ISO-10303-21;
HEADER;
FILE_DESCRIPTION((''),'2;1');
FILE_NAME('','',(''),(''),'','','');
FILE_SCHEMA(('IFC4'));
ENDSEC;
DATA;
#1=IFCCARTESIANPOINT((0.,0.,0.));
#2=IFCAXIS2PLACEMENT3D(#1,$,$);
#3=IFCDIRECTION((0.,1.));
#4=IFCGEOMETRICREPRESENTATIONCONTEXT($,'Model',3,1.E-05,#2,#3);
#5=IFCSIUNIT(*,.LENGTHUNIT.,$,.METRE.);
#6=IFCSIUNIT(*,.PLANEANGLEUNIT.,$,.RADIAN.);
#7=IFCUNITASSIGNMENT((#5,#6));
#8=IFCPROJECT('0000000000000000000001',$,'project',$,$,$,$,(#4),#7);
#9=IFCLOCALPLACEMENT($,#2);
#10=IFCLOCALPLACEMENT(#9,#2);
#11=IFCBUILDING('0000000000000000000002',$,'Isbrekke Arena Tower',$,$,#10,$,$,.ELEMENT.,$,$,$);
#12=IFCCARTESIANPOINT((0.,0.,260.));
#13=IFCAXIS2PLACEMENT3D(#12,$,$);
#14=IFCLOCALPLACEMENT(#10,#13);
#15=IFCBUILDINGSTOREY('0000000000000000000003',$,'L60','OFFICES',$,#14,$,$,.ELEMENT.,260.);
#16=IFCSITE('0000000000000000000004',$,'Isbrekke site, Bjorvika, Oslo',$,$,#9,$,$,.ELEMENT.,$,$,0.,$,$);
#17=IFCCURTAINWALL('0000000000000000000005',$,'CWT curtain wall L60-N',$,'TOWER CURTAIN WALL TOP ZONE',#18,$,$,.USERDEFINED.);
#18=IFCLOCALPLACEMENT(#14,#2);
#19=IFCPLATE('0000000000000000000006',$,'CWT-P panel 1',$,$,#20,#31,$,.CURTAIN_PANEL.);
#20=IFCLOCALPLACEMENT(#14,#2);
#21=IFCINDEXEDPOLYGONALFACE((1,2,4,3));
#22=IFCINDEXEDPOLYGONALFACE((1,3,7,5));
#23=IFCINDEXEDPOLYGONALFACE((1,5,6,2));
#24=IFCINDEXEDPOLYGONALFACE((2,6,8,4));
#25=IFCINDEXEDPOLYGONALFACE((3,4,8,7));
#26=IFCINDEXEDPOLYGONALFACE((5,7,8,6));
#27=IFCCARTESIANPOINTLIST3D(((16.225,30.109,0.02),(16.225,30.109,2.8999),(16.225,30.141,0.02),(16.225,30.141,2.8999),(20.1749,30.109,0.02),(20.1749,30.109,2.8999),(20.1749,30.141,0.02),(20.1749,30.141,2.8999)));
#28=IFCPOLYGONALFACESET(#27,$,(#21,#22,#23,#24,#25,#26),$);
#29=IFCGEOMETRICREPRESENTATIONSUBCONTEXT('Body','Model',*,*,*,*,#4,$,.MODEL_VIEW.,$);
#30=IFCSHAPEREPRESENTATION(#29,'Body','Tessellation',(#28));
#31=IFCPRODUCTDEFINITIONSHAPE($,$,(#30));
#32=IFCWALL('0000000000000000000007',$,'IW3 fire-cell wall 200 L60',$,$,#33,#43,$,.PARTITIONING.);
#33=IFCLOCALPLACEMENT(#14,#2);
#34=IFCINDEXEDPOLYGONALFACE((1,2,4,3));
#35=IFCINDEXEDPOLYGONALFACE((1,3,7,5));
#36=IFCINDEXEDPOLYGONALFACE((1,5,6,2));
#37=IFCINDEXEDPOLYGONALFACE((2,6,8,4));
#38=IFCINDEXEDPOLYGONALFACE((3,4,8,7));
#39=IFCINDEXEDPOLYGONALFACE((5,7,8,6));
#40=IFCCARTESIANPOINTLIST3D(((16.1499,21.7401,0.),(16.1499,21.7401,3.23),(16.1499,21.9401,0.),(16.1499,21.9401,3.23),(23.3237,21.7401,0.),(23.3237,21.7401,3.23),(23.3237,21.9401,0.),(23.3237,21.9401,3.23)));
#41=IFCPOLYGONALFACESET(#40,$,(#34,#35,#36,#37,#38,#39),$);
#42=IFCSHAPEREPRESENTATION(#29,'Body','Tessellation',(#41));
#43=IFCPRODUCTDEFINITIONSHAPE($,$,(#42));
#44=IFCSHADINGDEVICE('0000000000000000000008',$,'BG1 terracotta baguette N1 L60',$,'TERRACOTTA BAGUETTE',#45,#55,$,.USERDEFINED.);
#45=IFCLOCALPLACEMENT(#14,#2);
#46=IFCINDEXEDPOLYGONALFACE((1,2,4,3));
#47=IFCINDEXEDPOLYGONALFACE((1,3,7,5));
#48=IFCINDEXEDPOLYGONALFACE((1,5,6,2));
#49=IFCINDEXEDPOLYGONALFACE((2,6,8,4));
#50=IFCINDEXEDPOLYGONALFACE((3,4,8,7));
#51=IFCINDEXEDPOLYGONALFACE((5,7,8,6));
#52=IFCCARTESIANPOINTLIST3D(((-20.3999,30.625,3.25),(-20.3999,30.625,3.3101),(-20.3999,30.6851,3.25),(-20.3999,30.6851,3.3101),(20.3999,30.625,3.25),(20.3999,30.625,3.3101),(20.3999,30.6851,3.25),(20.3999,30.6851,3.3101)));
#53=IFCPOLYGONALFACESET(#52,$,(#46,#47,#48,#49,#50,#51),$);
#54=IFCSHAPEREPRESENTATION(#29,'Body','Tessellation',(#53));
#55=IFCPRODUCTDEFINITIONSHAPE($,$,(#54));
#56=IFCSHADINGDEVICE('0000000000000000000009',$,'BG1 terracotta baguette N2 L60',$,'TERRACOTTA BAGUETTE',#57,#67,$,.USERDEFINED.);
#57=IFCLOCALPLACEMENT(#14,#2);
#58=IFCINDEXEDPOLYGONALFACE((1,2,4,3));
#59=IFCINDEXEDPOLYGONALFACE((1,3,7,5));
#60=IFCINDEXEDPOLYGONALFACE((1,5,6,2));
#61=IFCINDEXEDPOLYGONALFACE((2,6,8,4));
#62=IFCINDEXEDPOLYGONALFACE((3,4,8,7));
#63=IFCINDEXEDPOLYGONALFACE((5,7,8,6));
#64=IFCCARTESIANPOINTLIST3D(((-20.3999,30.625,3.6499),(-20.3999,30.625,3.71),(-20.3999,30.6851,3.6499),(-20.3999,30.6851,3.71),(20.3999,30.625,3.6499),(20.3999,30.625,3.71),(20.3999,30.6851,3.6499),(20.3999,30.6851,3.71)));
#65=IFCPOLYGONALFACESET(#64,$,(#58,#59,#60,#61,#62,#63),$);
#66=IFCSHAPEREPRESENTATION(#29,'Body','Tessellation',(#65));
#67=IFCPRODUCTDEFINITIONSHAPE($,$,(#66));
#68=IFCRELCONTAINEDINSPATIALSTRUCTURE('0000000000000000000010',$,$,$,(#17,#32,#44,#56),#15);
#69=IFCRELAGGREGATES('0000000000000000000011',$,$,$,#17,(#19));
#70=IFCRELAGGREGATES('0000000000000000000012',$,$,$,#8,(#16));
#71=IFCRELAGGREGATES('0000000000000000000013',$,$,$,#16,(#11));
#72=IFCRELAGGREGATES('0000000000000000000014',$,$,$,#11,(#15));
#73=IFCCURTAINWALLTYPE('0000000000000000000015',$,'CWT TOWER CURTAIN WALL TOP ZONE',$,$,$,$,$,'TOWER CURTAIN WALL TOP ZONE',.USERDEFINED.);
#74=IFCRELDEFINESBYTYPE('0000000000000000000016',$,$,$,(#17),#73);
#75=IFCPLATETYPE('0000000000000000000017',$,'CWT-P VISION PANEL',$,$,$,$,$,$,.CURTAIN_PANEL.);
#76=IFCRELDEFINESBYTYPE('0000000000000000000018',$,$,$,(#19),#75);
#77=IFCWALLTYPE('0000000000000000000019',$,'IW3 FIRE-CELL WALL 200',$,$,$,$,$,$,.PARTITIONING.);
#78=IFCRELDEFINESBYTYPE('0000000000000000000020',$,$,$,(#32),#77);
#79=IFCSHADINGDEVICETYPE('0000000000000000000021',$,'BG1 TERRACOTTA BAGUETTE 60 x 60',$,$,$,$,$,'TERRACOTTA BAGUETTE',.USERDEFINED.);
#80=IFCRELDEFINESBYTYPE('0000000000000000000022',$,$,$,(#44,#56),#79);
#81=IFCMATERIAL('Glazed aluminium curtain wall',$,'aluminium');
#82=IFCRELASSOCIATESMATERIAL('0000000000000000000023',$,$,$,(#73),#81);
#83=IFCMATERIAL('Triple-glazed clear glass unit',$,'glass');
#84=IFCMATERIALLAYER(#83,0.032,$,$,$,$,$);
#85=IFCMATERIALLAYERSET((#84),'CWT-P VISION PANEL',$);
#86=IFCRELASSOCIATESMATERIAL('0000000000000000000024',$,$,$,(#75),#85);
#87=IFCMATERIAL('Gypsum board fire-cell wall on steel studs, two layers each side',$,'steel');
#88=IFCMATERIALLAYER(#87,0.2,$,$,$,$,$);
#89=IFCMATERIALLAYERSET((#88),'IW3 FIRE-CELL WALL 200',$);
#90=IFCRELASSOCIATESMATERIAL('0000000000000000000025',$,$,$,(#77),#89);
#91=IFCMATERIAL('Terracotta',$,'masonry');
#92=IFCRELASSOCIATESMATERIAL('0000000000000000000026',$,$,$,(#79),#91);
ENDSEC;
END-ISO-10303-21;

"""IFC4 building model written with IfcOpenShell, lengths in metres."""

from ifc_helpers import new_model, si_unit, direction, frame, frame_2d, origin, origin_2d, place, context, subcontext, project, spatial, rectangle, extrude, material, layer, layer_set, material_profile, profile_set, type_object, element, aggregate, save


model = new_model("IFC4")

# Units and contexts
model_context = context("Model", 3, precision=1e-05, world=origin(), true_north=direction((0.0, 1.0)))
body_context = subcontext(model_context, "Body", "Model", "MODEL_VIEW")
ifc_project = project(units=[si_unit("LENGTHUNIT", "METRE"), si_unit("PLANEANGLEUNIT", "RADIAN")], contexts=[model_context])

# Site, building, storey
site_placement = place(None, origin())
site = spatial("IfcSite", under=ifc_project, at=site_placement, Name="Isbrekke site, Bjorvika, Oslo", CompositionType="ELEMENT", RefElevation=0.0)
building_placement = place(site_placement, origin())
building = spatial("IfcBuilding", under=site, at=building_placement, Name="Isbrekke Arena Tower", CompositionType="ELEMENT")
storey_placement = place(building_placement, frame((0.0, 0.0, 260.0)))
storey = spatial("IfcBuildingStorey", under=building, at=storey_placement, Name="L60", Description="OFFICES", CompositionType="ELEMENT", Elevation=260.0)

# Shared definitions
ifc_material_1 = material(Name="Glazed aluminium curtain wall", Category="aluminium")
curtain_wall_type = type_object("IfcCurtainWallType", Name="CWT TOWER CURTAIN WALL TOP ZONE", ElementType="TOWER CURTAIN WALL TOP ZONE", PredefinedType="USERDEFINED", material=ifc_material_1)

# Curtain wall
curtain_wall_1_placement = place(storey_placement, origin())
curtain_wall_1 = element("IfcCurtainWall", 1, at=curtain_wall_1_placement, inside=storey, type_object=curtain_wall_type, Name="CWT curtain wall L60-N", ObjectType="TOWER CURTAIN WALL TOP ZONE", PredefinedType="USERDEFINED")

# Plate
ifc_material_2 = material(Name="Triple-glazed clear glass unit", Category="glass")
ifc_layer_1 = layer(ifc_material_2, 0.032)
ifc_layer_set_1 = layer_set([ifc_layer_1], Name="CWT-P VISION PANEL")
plate_type = type_object("IfcPlateType", Name="CWT-P VISION PANEL", PredefinedType="CURTAIN_PANEL", material=ifc_layer_set_1)
plate_1_placement = place(storey_placement, frame((18.2, 30.125, 0.02), z_axis=(0.0, 0.0, 1.0), x_axis=(-1.0, 0.0, 0.0)))
plate_1 = element("IfcPlate", 2, at=plate_1_placement, type_object=plate_type, Name="CWT-P panel 1", PredefinedType="CURTAIN_PANEL", context=body_context, shape_type="SweptSolid", body=[
    extrude(rectangle(XDim=3.95, YDim=0.032, at=origin_2d()), origin(), (0.0, 0.0, 1.0), 2.8799),
])
aggregate(curtain_wall_1, [plate_1])

# Wall
ifc_material_3 = material(Name="Gypsum board fire-cell wall on steel studs, two layers each side", Category="steel")
ifc_layer_2 = layer(ifc_material_3, 0.2)
ifc_layer_set_2 = layer_set([ifc_layer_2], Name="IW3 FIRE-CELL WALL 200")
wall_type = type_object("IfcWallType", Name="IW3 FIRE-CELL WALL 200", PredefinedType="PARTITIONING", material=ifc_layer_set_2)
wall_placement = place(storey_placement, frame((16.1499, 21.8401, 0.0), z_axis=(0.0, 0.0, 1.0), x_axis=(1.0, 0.0, 0.0)))
element("IfcWall", 3, at=wall_placement, inside=storey, type_object=wall_type, Name="IW3 fire-cell wall 200 L60", PredefinedType="PARTITIONING", context=body_context, shape_type="SweptSolid", body=[
    extrude(rectangle(XDim=7.1738, YDim=0.2, at=frame_2d((3.5869, 0.0))), origin(), (0.0, 0.0, 1.0), 3.23),
])

# Shading devices
ifc_material_4 = material(Name="Terracotta", Category="masonry")
ifc_material_profile_1 = material_profile(ifc_material_4, rectangle(XDim=0.0601, YDim=0.0601, at=origin_2d()), Name="BAGUETTE 60X60")
ifc_profile_set_1 = profile_set([ifc_material_profile_1], Name="Terracotta")
shading_device_type = type_object("IfcShadingDeviceType", Name="BG1 TERRACOTTA BAGUETTE 60 x 60", ElementType="TERRACOTTA BAGUETTE", PredefinedType="USERDEFINED", material=ifc_profile_set_1)
for number, where, z_axis, x_axis, name in (
    (4, (20.3999, 30.655, 3.28), (-1.0, 0.0, 0.0), (0.0, -1.0, 0.0), "BG1 terracotta baguette N1 L60"),
    (5, (20.3999, 30.655, 3.6799), (-1.0, 0.0, 0.0), (0.0, -1.0, 0.0), "BG1 terracotta baguette N2 L60"),
):
    element("IfcShadingDevice", number, at=place(storey_placement, frame(where, z_axis=z_axis, x_axis=x_axis)), inside=storey, type_object=shading_device_type, Name=name, ObjectType="TERRACOTTA BAGUETTE", PredefinedType="USERDEFINED", context=body_context, shape_type="SweptSolid", body=[
        extrude(rectangle(XDim=0.0601, YDim=0.0601, at=origin_2d()), origin(), (0.0, 0.0, 1.0), 40.7998),
    ])

save(model, "model.ifc")
